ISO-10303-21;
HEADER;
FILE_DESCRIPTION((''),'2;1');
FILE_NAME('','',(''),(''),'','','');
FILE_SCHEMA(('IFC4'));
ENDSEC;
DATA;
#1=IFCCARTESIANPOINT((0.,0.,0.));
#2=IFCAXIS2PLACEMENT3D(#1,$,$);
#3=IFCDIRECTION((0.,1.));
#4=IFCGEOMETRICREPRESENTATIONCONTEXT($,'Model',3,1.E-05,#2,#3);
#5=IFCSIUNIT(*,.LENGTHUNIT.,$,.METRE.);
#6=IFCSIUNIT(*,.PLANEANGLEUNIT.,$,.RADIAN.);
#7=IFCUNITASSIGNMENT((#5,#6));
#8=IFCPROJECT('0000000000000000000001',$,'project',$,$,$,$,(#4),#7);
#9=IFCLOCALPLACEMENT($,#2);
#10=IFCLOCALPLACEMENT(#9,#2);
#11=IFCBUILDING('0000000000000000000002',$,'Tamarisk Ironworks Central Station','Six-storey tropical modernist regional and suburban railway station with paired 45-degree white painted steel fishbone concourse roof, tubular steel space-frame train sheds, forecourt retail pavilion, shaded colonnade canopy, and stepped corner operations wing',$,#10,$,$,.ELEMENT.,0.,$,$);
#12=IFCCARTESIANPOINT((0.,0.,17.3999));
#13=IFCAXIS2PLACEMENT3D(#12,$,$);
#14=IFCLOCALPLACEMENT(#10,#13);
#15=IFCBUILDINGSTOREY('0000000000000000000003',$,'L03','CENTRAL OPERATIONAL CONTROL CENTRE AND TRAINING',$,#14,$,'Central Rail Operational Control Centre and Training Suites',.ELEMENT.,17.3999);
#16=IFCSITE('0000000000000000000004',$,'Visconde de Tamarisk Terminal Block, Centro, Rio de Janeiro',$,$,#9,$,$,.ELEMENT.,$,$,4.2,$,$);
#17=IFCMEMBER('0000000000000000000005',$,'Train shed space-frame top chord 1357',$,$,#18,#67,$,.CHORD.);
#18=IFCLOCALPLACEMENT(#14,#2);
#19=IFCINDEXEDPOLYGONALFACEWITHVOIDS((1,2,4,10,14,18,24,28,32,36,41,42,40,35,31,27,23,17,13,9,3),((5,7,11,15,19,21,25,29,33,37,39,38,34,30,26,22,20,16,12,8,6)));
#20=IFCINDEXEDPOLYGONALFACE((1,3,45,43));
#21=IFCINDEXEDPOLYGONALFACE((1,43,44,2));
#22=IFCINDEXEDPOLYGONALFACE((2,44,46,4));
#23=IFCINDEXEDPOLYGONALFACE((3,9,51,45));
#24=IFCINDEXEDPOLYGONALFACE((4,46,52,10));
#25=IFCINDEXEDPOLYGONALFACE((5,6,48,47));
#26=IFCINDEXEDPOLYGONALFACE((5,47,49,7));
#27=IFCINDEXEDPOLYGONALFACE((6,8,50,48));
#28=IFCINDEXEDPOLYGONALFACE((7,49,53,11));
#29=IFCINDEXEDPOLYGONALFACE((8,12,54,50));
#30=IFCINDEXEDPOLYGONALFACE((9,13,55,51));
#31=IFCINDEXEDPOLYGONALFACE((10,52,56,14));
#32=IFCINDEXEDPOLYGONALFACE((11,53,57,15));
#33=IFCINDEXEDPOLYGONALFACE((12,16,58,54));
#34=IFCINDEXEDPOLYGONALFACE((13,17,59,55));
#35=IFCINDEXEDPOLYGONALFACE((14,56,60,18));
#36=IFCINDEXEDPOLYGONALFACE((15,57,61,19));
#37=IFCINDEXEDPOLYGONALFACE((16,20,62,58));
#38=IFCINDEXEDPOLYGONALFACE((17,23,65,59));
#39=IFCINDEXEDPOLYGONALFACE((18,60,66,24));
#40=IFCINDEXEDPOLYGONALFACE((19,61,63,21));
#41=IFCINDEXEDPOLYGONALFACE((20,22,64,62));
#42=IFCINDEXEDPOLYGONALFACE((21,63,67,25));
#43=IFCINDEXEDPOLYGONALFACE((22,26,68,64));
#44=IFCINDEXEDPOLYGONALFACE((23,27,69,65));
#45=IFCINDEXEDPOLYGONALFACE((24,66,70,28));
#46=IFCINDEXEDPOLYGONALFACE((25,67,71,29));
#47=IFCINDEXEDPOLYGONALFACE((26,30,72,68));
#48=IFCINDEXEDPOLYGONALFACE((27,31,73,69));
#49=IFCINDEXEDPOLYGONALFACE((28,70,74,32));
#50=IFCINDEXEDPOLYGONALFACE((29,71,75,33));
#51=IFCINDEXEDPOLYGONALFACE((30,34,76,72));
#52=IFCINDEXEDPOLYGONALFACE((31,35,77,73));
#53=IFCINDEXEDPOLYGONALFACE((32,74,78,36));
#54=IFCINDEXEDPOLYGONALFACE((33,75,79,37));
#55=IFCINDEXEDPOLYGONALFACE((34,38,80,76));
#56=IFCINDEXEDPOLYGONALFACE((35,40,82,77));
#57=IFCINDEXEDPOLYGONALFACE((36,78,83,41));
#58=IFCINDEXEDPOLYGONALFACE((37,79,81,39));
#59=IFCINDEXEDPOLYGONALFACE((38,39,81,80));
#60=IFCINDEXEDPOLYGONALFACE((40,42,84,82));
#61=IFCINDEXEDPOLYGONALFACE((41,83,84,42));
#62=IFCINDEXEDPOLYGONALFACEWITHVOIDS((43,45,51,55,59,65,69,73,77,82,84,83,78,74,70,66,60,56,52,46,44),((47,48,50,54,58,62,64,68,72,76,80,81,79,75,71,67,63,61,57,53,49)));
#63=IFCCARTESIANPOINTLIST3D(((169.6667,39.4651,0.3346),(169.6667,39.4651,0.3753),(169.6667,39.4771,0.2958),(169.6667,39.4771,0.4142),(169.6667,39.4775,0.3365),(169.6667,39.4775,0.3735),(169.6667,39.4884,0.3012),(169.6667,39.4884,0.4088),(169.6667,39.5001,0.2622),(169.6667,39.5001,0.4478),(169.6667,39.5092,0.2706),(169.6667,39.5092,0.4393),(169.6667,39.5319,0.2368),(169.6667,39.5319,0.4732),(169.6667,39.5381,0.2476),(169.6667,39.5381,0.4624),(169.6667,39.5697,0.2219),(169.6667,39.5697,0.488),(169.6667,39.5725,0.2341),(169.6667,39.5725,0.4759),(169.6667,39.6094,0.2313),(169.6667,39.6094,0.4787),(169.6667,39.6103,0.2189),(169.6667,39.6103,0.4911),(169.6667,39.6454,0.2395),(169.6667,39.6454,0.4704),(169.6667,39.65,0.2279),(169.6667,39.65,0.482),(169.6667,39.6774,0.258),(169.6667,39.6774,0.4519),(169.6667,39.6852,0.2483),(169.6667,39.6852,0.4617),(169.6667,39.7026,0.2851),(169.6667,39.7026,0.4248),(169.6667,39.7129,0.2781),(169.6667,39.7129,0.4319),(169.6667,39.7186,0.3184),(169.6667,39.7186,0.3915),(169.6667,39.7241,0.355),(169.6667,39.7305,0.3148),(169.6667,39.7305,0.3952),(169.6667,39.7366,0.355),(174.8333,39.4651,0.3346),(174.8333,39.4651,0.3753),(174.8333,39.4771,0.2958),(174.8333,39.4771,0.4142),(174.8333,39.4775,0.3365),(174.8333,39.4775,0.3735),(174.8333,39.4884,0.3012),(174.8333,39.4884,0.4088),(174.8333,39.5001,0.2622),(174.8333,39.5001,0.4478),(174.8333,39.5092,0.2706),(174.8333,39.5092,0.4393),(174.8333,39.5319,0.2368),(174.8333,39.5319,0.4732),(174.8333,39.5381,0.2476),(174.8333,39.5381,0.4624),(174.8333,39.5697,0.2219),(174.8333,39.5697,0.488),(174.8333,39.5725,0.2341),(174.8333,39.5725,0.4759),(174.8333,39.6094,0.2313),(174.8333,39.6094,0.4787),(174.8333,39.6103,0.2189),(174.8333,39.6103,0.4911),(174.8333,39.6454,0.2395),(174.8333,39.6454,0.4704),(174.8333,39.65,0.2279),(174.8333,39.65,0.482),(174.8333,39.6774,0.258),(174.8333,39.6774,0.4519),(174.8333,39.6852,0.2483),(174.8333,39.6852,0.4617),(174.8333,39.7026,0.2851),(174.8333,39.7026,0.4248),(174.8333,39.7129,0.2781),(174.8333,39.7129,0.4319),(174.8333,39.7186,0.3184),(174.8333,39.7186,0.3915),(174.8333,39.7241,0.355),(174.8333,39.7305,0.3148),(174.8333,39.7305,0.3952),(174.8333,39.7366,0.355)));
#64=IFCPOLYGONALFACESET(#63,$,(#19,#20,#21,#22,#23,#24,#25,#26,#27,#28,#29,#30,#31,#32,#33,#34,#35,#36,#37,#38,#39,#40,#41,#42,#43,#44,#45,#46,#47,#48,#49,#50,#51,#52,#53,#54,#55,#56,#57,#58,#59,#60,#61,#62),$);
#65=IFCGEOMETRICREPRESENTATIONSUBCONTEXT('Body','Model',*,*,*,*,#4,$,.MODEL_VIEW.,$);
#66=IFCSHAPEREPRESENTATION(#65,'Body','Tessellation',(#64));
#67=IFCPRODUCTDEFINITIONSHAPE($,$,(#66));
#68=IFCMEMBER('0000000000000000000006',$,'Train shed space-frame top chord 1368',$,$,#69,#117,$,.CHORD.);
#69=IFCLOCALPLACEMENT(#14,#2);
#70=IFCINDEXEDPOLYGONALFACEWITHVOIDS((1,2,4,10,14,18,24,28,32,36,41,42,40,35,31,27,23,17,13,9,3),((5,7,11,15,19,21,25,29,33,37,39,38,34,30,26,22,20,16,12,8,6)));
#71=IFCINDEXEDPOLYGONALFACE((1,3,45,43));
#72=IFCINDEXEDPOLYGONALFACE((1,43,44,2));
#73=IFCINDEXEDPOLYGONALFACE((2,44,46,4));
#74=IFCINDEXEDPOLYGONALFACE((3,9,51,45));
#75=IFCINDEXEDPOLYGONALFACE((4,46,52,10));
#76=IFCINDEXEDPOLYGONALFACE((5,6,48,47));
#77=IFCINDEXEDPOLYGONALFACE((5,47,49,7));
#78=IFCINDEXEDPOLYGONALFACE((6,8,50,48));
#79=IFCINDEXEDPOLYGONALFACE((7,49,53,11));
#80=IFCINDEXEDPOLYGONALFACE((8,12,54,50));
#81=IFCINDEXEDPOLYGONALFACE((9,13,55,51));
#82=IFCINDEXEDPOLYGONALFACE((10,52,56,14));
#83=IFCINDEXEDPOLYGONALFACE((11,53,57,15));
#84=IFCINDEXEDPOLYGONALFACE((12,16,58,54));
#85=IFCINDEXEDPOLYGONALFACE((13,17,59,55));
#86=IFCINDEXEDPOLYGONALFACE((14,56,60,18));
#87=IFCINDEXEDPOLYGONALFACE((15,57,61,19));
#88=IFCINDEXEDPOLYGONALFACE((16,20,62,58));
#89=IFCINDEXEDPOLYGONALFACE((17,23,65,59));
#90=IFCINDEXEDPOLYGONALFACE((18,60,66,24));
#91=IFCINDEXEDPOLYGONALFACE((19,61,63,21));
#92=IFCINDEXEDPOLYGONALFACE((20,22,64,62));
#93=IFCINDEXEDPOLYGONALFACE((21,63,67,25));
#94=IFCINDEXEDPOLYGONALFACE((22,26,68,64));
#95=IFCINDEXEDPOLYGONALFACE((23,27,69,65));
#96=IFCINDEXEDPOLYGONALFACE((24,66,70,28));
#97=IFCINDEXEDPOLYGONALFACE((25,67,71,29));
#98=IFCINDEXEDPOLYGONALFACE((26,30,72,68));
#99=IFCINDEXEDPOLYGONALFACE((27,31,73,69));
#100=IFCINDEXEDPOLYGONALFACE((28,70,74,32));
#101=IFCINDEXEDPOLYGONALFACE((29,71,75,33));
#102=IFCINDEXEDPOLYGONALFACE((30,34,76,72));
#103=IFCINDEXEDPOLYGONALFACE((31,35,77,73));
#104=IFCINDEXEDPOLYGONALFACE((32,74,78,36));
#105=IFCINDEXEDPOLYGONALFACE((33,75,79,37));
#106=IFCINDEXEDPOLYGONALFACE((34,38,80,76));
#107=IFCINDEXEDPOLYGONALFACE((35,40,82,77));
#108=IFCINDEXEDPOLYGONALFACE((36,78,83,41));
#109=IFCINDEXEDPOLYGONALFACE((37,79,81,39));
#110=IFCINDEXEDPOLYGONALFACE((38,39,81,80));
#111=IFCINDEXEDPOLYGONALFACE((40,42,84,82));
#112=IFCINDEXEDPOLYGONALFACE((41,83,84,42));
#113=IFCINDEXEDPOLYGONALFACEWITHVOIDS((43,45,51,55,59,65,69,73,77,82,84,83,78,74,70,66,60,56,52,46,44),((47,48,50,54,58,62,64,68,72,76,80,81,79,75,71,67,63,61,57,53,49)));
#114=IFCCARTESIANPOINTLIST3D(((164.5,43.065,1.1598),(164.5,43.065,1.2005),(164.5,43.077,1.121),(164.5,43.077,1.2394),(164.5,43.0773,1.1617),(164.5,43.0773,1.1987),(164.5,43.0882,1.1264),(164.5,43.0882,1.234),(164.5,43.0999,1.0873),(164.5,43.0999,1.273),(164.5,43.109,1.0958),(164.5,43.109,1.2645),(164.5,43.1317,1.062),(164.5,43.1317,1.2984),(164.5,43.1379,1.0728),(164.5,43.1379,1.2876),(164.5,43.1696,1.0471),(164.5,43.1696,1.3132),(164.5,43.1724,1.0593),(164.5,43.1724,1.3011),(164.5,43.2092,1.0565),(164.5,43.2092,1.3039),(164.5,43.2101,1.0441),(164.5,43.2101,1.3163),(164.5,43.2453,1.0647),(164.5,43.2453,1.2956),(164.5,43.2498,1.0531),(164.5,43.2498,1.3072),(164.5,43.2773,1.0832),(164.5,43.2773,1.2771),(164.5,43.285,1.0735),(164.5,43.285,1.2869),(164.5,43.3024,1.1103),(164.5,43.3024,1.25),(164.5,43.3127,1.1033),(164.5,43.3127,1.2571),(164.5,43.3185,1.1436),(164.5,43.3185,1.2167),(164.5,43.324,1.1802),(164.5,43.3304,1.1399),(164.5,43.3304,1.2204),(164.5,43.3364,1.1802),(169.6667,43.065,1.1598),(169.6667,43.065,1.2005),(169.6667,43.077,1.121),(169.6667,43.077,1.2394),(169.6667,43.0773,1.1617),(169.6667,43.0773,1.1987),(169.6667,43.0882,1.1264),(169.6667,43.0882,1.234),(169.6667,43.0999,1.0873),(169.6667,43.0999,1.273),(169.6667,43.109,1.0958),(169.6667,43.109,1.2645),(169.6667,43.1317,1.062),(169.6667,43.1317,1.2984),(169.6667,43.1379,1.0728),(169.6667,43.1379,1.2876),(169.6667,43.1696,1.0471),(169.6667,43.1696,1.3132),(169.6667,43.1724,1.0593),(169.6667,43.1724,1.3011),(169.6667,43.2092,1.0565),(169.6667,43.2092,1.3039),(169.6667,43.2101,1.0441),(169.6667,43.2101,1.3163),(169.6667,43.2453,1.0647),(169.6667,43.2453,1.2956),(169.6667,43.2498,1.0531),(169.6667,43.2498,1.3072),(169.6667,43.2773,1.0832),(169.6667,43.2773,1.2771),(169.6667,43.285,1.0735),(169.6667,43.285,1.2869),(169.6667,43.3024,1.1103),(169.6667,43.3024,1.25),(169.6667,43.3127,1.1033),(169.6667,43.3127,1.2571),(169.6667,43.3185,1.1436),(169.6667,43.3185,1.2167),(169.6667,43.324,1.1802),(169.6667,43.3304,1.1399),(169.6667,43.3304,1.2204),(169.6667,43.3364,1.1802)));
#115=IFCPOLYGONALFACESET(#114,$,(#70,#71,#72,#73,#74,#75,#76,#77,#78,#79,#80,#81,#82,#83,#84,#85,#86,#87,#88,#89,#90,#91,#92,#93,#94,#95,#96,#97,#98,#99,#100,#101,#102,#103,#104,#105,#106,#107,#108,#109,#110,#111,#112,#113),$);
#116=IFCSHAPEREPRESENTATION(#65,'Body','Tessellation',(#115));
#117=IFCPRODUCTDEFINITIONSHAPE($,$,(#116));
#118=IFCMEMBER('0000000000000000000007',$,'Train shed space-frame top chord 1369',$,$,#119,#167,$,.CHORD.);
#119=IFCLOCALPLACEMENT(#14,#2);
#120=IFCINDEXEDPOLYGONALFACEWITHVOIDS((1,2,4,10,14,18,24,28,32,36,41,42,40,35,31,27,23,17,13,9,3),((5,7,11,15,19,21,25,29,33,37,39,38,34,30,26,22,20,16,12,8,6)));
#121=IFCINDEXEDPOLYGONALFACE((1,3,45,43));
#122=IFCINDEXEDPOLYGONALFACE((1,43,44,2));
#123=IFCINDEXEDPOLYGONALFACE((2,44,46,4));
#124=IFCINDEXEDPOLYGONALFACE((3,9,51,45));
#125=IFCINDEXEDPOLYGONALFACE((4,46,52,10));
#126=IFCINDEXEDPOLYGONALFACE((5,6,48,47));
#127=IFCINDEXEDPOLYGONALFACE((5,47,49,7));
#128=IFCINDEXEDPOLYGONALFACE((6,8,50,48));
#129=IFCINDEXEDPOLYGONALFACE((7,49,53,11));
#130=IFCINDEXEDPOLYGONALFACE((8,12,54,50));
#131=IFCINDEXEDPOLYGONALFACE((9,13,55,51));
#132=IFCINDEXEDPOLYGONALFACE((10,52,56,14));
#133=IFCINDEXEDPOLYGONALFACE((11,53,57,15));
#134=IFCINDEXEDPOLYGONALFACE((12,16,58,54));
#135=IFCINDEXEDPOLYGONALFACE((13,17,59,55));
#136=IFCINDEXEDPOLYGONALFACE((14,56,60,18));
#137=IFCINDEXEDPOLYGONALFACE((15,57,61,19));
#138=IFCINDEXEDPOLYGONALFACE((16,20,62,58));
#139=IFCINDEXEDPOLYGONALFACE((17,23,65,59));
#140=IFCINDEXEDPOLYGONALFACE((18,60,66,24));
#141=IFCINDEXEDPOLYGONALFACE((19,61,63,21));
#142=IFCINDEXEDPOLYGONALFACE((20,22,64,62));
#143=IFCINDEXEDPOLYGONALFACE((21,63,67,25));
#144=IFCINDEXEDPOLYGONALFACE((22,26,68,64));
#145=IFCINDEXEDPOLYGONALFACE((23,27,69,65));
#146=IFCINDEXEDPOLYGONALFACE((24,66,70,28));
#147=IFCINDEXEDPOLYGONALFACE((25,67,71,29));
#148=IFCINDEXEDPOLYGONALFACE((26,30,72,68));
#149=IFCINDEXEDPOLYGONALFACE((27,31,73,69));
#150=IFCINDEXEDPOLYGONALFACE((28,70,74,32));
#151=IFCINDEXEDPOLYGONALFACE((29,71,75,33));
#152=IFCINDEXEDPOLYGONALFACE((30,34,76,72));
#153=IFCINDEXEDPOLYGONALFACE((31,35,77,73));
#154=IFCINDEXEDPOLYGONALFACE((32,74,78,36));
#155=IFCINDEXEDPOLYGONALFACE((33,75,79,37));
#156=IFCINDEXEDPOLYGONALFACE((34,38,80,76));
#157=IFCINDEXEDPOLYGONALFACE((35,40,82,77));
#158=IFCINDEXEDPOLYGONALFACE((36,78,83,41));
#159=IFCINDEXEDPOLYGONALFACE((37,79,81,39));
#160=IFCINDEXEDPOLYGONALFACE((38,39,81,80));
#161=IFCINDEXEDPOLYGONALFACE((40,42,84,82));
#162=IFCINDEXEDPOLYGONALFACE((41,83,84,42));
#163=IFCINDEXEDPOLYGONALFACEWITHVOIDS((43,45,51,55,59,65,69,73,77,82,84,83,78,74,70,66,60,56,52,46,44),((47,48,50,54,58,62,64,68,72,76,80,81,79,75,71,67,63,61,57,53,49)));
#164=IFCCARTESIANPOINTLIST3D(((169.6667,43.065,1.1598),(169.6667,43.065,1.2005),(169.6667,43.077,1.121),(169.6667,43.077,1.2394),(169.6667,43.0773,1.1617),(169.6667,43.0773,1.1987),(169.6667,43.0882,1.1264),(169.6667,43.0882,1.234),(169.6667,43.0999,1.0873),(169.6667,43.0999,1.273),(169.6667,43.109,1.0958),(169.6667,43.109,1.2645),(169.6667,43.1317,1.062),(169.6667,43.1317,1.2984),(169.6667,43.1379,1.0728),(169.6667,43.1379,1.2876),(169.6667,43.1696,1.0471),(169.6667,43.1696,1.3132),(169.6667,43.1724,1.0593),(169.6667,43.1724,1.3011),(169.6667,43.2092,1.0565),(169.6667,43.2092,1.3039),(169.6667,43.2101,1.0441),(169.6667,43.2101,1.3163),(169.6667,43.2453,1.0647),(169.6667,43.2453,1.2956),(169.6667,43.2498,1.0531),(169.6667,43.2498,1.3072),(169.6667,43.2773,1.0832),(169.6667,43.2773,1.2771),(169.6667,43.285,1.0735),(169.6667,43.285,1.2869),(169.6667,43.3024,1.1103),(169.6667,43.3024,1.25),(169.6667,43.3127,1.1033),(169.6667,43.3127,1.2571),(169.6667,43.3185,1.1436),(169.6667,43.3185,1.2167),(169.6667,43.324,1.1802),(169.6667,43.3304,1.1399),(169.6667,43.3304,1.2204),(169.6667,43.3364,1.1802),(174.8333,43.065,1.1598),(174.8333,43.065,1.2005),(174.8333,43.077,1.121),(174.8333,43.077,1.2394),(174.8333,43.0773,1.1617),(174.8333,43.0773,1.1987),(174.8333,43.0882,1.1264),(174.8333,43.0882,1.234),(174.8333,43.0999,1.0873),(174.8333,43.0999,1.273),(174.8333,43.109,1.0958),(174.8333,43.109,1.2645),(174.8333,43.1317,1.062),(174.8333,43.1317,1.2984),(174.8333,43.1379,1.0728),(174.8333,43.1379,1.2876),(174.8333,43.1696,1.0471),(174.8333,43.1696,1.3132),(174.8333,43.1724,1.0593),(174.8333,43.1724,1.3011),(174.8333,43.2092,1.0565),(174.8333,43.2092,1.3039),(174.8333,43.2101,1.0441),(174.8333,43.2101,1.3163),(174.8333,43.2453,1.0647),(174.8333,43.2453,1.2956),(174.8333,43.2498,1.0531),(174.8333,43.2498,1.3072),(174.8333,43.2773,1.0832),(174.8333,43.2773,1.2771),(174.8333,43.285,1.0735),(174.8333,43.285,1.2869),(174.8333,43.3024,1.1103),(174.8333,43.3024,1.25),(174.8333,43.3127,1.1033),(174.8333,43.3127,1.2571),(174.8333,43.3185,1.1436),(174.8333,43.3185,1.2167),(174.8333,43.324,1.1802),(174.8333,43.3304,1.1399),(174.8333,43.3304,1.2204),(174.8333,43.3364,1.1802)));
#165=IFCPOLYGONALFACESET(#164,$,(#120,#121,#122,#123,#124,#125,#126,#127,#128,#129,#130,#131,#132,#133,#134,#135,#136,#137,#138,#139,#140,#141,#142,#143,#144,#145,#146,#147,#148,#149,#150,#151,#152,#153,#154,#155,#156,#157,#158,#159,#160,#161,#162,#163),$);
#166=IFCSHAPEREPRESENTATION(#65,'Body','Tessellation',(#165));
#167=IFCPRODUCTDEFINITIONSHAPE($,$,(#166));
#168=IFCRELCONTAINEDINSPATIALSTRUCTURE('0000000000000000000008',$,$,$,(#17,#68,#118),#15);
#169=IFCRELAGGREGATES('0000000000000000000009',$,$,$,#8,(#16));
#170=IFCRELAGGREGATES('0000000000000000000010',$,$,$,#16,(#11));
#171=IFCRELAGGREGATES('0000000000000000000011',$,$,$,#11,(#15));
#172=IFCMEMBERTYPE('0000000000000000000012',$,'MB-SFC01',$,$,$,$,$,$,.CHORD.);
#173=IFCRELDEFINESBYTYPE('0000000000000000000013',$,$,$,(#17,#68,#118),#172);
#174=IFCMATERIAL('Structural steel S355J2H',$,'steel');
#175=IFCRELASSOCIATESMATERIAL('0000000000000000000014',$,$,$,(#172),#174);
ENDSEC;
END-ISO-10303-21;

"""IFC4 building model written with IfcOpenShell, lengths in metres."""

from ifc_helpers import new_model, si_unit, direction, frame, origin, origin_2d, place, context, subcontext, project, spatial, hollow_circle, extrude, material, material_profile, profile_set, type_object, element, save


model = new_model("IFC4")

# Units and contexts
model_context = context("Model", 3, precision=1e-05, world=origin(), true_north=direction((0.0, 1.0)))
body_context = subcontext(model_context, "Body", "Model", "MODEL_VIEW")
ifc_project = project(units=[si_unit("LENGTHUNIT", "METRE"), si_unit("PLANEANGLEUNIT", "RADIAN")], contexts=[model_context])

# Site, building, storey
site_placement = place(None, origin())
site = spatial("IfcSite", under=ifc_project, at=site_placement, Name="Visconde de Tamarisk Terminal Block, Centro, Rio de Janeiro", CompositionType="ELEMENT", RefElevation=4.2)
building_placement = place(site_placement, origin())
building = spatial("IfcBuilding", under=site, at=building_placement, Name="Tamarisk Ironworks Central Station", Description="Six-storey tropical modernist regional and suburban railway station with paired 45-degree white painted steel fishbone concourse roof, tubular steel space-frame train sheds, forecourt retail pavilion, shaded colonnade canopy, and stepped corner operations wing", CompositionType="ELEMENT", ElevationOfRefHeight=0.0)
storey_placement = place(building_placement, frame((0.0, 0.0, 17.3999)))
storey = spatial("IfcBuildingStorey", under=building, at=storey_placement, Name="L03", Description="CENTRAL OPERATIONAL CONTROL CENTRE AND TRAINING", LongName="Central Rail Operational Control Centre and Training Suites", CompositionType="ELEMENT", Elevation=17.3999)

# Members
ifc_material = material(Name="Structural steel S355J2H", Category="steel")
ifc_material_profile_1 = material_profile(ifc_material, hollow_circle(Radius=0.1365, WallThickness=0.0125, at=origin_2d()), Name="CHS 273x12.5")
ifc_profile_set_1 = profile_set([ifc_material_profile_1], Name="Structural steel S355J2H")
member_type_1 = type_object("IfcMemberType", Name="MB-SFC01", PredefinedType="CHORD", material=ifc_profile_set_1)
member_1_placement = place(storey_placement, frame((169.6667, 39.6001, 0.355), z_axis=(1.0, 0.0, 0.0), x_axis=(0.0, 1.0, 0.0)))
element("IfcMember", 1, at=member_1_placement, inside=storey, type_object=member_type_1, Name="Train shed space-frame top chord 1357", PredefinedType="CHORD", context=body_context, shape_type="SweptSolid", body=[
    extrude(hollow_circle(Radius=0.1365, WallThickness=0.0125, at=origin_2d()), origin(), (0.0, 0.0, 1.0), 5.1665),
])
member_2_placement = place(storey_placement, frame((164.5, 43.2, 1.1802), z_axis=(1.0, 0.0, 0.0), x_axis=(0.0, 1.0, 0.0)))
element("IfcMember", 2, at=member_2_placement, inside=storey, type_object=member_type_1, Name="Train shed space-frame top chord 1368", PredefinedType="CHORD", context=body_context, shape_type="SweptSolid", body=[
    extrude(hollow_circle(Radius=0.1365, WallThickness=0.0125, at=origin_2d()), origin(), (0.0, 0.0, 1.0), 5.1667),
])
member_3_placement = place(storey_placement, frame((169.6667, 43.2, 1.1802), z_axis=(1.0, 0.0, 0.0), x_axis=(0.0, 1.0, 0.0)))
element("IfcMember", 3, at=member_3_placement, inside=storey, type_object=member_type_1, Name="Train shed space-frame top chord 1369", PredefinedType="CHORD", context=body_context, shape_type="SweptSolid", body=[
    extrude(hollow_circle(Radius=0.1365, WallThickness=0.0125, at=origin_2d()), origin(), (0.0, 0.0, 1.0), 5.1665),
])

save(model, "model.ifc")
